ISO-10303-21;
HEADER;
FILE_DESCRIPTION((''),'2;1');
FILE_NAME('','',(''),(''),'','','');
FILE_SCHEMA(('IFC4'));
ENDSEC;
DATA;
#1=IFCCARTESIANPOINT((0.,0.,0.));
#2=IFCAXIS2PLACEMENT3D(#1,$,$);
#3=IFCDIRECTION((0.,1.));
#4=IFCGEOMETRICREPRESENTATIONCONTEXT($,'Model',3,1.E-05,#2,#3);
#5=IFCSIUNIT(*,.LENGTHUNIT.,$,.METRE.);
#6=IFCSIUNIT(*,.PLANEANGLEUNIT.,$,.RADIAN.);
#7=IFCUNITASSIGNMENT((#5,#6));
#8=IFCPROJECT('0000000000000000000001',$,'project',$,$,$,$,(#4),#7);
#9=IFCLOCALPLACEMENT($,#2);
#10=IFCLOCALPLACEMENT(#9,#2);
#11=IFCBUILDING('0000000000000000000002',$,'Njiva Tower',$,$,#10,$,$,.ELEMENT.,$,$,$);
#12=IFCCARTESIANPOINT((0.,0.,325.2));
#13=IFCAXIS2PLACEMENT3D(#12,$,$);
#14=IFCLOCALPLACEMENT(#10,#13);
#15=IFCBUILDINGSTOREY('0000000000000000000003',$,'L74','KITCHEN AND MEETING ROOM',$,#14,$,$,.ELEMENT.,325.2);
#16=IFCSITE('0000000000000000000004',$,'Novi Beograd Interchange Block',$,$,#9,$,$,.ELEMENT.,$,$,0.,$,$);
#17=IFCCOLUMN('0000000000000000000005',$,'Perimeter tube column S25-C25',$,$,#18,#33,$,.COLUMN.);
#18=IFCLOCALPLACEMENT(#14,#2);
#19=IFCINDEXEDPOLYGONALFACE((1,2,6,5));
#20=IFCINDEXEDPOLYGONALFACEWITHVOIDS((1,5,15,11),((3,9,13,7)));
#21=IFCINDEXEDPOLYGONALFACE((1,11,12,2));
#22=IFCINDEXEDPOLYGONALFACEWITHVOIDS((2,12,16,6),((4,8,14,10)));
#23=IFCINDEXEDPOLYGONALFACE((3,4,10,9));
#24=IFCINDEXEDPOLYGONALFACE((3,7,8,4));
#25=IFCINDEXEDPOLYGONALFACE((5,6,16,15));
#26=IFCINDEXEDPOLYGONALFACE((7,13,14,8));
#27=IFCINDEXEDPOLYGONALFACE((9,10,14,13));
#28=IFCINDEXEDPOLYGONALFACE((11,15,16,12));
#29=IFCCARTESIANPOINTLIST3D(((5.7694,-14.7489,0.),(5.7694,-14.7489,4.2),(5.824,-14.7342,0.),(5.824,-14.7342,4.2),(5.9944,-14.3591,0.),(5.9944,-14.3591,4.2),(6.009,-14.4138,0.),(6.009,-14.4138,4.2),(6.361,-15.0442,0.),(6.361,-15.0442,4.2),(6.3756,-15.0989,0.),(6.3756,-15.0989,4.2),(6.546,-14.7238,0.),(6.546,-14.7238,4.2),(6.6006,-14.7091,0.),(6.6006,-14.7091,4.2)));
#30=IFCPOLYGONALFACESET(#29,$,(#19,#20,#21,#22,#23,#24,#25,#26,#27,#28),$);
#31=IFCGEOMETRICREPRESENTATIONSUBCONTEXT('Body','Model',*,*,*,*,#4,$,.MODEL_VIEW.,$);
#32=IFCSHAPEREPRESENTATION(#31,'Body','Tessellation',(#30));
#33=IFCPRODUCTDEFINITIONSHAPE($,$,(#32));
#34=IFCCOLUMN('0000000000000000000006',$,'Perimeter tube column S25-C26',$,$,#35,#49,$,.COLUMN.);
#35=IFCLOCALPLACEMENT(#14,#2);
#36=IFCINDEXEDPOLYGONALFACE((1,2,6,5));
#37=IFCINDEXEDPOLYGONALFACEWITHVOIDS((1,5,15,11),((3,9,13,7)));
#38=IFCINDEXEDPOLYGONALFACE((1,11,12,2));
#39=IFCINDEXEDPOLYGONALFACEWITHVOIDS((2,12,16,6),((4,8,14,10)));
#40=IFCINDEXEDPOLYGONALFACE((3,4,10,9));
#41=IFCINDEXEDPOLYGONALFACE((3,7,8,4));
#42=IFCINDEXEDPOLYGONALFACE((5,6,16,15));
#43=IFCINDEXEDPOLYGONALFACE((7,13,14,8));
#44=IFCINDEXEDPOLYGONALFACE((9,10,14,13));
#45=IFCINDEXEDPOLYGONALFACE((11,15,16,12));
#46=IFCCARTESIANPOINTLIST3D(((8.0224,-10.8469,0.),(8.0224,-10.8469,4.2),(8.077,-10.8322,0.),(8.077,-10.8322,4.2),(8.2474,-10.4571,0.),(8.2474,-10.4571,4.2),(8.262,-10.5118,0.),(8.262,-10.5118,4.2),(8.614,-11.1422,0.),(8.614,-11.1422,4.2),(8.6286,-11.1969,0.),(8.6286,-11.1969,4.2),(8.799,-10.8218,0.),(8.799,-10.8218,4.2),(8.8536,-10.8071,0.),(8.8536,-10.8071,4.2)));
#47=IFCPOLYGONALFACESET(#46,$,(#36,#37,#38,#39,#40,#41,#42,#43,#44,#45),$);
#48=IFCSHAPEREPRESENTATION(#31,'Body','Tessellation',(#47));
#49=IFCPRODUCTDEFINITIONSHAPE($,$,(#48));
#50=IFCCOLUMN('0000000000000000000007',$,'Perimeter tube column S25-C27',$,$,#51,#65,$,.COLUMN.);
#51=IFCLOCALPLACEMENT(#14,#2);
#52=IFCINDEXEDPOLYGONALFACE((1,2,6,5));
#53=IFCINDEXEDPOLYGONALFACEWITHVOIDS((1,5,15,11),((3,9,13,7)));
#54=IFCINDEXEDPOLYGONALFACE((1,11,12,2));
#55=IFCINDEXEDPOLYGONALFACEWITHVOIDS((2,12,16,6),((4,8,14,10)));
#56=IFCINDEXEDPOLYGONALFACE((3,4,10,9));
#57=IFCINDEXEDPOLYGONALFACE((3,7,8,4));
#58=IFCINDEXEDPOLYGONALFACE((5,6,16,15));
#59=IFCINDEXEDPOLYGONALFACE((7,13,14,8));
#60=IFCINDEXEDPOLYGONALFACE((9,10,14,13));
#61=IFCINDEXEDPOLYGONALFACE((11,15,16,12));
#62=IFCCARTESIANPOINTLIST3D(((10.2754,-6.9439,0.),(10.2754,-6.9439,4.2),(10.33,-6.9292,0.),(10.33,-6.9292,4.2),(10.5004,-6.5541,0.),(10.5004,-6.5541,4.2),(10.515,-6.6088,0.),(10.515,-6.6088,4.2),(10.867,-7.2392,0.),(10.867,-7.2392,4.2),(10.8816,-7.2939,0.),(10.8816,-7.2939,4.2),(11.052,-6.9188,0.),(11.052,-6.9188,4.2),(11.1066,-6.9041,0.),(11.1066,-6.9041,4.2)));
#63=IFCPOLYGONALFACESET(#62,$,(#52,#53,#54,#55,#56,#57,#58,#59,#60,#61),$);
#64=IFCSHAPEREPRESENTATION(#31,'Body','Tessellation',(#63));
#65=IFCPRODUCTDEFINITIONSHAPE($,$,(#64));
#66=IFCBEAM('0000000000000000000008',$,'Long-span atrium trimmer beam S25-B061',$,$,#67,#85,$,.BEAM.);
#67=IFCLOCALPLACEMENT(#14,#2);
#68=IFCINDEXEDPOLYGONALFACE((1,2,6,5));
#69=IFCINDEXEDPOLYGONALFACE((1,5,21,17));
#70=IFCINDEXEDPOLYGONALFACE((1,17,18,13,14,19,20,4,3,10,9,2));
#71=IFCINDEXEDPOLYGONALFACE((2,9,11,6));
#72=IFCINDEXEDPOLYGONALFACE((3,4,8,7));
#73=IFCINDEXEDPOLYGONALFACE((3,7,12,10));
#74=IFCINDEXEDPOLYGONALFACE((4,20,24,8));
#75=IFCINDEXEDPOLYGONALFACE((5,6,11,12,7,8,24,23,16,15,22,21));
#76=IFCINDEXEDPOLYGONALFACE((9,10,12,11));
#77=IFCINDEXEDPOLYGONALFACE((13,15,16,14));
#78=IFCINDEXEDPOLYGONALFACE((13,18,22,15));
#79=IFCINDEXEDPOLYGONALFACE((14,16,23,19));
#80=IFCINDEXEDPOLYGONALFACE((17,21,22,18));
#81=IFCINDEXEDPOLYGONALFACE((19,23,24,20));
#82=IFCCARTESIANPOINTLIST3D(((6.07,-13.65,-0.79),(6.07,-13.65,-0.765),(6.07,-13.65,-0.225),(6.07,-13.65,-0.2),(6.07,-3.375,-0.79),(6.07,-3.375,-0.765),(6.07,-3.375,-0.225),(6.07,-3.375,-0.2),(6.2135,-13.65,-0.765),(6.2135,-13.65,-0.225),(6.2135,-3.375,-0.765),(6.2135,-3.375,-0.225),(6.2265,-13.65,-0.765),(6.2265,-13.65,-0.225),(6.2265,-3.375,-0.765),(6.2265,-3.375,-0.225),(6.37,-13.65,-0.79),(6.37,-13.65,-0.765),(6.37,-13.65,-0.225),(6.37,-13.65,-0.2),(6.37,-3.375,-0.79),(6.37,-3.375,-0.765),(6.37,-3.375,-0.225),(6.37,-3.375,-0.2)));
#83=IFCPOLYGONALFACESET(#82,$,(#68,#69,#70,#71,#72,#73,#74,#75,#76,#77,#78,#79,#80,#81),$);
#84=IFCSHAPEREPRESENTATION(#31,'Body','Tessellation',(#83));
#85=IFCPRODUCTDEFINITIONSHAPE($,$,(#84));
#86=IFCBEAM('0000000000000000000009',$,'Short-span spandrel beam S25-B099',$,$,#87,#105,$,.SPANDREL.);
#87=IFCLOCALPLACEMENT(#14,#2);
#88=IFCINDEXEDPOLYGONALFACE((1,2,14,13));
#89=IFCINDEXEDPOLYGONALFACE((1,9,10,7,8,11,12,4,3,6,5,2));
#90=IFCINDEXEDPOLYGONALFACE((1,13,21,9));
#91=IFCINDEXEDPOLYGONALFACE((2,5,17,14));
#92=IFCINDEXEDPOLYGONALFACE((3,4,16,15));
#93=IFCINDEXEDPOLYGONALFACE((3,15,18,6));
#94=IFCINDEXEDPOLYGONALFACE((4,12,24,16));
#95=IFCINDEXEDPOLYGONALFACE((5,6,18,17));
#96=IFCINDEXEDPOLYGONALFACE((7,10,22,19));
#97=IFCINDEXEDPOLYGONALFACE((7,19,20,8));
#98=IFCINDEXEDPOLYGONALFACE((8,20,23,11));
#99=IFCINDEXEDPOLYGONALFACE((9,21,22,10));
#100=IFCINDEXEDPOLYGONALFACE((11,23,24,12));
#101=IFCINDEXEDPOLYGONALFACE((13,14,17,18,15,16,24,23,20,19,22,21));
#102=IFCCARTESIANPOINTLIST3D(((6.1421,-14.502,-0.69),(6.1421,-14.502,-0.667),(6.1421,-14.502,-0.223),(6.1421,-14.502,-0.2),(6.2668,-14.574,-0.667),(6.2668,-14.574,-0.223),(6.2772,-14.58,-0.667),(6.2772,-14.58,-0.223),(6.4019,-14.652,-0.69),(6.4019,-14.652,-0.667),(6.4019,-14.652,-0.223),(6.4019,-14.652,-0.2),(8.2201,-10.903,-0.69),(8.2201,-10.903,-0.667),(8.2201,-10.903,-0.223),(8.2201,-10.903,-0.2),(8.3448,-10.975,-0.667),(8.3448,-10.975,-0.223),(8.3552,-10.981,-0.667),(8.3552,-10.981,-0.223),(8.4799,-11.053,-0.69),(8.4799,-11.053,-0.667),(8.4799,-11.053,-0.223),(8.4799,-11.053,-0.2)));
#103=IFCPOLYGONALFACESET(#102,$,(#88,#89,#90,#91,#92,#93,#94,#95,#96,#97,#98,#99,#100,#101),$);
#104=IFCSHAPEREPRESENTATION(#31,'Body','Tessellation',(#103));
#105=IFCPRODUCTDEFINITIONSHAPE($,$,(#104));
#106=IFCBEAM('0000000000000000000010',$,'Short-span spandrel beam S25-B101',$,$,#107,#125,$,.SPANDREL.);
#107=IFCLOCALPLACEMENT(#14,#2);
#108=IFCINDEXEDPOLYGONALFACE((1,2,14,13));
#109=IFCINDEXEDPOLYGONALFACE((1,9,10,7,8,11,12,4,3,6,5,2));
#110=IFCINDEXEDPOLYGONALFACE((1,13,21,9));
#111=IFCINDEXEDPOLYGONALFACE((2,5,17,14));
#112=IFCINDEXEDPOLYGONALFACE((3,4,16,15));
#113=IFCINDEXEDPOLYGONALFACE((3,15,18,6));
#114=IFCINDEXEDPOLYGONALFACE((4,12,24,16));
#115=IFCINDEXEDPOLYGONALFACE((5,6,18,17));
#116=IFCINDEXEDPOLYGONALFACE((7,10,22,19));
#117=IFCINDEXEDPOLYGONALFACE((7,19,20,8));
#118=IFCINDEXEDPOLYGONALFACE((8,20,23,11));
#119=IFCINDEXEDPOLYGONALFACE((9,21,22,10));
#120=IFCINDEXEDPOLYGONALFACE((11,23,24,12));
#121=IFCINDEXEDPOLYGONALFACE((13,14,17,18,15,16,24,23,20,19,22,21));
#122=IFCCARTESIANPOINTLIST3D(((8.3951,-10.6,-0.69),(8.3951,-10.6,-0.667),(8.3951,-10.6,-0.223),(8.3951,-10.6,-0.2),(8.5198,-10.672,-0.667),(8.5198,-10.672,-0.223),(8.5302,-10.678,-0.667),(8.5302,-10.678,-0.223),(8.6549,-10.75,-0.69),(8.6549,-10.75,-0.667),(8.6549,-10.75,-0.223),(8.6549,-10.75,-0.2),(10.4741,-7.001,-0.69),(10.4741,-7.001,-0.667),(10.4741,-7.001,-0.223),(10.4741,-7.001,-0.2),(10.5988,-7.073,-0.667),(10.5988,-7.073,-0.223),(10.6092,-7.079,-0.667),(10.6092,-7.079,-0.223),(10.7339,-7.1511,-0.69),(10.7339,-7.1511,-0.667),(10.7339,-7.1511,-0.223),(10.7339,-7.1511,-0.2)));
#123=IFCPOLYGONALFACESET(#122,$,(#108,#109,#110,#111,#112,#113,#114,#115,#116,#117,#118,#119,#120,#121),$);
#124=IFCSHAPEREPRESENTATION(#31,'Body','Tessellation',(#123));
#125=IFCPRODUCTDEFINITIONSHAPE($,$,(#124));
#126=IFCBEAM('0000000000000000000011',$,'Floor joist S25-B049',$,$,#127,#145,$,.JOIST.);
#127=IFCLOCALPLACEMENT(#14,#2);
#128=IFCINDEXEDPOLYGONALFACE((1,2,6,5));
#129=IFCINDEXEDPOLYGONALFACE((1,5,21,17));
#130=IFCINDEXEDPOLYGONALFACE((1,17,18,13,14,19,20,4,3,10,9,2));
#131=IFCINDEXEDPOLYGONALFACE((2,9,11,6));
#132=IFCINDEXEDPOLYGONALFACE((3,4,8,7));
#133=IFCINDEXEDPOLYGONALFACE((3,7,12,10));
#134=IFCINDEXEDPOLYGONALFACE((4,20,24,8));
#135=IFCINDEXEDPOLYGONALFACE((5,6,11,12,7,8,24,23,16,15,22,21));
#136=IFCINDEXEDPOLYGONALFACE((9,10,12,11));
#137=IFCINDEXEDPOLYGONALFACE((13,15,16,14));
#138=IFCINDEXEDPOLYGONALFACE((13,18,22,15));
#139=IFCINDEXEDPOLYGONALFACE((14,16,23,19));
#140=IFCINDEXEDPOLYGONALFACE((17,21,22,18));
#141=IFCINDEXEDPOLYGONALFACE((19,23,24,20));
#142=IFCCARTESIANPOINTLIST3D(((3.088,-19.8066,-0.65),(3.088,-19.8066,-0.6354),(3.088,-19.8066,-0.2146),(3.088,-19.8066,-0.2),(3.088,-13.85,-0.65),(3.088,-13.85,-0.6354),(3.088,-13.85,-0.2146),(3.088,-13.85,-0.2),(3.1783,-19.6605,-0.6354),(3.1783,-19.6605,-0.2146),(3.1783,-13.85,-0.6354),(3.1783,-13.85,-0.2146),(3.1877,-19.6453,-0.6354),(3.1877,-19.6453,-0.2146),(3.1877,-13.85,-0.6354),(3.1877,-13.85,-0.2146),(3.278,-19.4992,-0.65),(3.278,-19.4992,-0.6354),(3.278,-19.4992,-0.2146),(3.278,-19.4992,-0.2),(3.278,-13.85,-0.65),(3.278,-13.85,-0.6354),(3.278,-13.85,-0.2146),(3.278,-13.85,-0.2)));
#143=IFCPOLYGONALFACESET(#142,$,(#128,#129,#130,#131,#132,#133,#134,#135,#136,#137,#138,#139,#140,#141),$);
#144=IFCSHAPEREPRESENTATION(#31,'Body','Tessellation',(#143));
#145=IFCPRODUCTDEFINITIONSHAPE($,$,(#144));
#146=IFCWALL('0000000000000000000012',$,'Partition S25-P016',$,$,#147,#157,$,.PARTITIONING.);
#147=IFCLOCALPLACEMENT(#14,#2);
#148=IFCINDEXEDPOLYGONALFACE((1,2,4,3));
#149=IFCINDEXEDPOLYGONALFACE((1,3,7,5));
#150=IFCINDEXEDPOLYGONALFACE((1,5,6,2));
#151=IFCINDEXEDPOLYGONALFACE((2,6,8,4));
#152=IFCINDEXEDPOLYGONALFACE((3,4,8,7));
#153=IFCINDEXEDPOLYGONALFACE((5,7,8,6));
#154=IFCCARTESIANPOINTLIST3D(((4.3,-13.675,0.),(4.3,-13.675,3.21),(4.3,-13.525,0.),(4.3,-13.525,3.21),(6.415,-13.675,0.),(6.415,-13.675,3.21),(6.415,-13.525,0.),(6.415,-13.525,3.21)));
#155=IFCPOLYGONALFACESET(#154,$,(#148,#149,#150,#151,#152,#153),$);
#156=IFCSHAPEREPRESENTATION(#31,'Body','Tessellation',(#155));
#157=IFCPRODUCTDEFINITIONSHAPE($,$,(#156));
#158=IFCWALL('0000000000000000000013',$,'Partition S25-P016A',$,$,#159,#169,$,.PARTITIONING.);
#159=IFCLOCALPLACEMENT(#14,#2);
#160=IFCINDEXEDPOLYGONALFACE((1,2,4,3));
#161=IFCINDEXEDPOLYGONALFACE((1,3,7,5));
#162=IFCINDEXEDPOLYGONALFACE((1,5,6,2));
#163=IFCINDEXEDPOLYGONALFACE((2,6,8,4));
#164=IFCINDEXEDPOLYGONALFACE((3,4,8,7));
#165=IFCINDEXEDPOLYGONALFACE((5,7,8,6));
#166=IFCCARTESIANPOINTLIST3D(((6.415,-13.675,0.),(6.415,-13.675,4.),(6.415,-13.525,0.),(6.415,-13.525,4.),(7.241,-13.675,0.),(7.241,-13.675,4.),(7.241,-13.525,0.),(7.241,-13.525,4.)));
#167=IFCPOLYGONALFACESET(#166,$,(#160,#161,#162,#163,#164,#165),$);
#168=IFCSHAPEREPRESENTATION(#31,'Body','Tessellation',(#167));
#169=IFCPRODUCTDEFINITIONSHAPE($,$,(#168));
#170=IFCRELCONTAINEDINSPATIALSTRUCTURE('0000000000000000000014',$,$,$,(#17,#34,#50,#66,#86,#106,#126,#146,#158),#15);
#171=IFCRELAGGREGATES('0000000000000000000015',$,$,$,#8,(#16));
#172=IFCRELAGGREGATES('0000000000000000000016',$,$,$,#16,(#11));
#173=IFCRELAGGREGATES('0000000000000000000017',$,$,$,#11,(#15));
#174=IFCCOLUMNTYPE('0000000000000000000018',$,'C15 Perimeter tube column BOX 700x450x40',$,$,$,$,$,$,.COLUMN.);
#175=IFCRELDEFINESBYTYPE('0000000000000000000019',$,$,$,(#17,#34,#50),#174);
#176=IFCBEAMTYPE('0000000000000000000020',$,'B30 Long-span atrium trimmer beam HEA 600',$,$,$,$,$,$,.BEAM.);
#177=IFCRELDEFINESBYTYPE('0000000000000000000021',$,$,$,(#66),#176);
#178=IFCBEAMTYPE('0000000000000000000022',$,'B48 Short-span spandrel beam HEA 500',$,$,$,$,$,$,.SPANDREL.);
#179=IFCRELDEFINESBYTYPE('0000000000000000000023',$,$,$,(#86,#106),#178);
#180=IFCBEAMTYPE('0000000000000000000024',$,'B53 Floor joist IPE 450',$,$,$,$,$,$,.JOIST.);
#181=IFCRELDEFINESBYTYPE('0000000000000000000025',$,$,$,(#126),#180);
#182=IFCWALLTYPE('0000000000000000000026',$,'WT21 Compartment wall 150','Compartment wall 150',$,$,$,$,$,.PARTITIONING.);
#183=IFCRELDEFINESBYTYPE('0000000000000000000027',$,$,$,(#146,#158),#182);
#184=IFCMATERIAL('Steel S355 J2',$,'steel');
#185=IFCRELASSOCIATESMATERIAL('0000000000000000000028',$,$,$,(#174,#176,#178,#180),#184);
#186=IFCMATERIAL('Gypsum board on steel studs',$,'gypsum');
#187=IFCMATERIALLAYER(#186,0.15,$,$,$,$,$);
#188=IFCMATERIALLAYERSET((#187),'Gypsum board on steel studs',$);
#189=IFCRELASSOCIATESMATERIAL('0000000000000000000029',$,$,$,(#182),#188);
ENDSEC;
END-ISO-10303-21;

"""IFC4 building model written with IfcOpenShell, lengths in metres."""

from ifc_helpers import new_model, si_unit, direction, frame, frame_2d, origin, origin_2d, place, context, subcontext, project, spatial, rectangle, hollow_rectangle, i_section, extrude, clip, halfspace, material, layer, layer_set, material_profile, profile_set, type_object, element, save


model = new_model("IFC4")

# Units and contexts
model_context = context("Model", 3, precision=1e-05, world=origin(), true_north=direction((0.0, 1.0)))
body_context = subcontext(model_context, "Body", "Model", "MODEL_VIEW")
ifc_project = project(units=[si_unit("LENGTHUNIT", "METRE"), si_unit("PLANEANGLEUNIT", "RADIAN")], contexts=[model_context])

# Site, building, storey
site_placement = place(None, origin())
site = spatial("IfcSite", under=ifc_project, at=site_placement, Name="Novi Beograd Interchange Block", CompositionType="ELEMENT", RefElevation=0.0)
building_placement = place(site_placement, origin())
building = spatial("IfcBuilding", under=site, at=building_placement, Name="Njiva Tower", CompositionType="ELEMENT")
storey_placement = place(building_placement, frame((0.0, 0.0, 325.2)))
storey = spatial("IfcBuildingStorey", under=building, at=storey_placement, Name="L74", Description="KITCHEN AND MEETING ROOM", CompositionType="ELEMENT", Elevation=325.2)

# Columns
ifc_material_1 = material(Name="Steel S355 J2", Category="steel")
ifc_material_profile_1 = material_profile(ifc_material_1, hollow_rectangle(XDim=0.45, YDim=0.7, WallThickness=0.04, at=origin_2d()), Name="BOX 700x450x40")
ifc_profile_set_1 = profile_set([ifc_material_profile_1], Name="Steel S355 J2")
column_type = type_object("IfcColumnType", Name="C15 Perimeter tube column BOX 700x450x40", PredefinedType="COLUMN", material=ifc_profile_set_1)
for number, where, z_axis, x_axis, name in (
    (1, (6.185, -14.729, 0.0), (0.0, 0.0, 1.0), (0.5, 0.866025, 0.0), "Perimeter tube column S25-C25"),
    (2, (8.438, -10.827, 0.0), (0.0, 0.0, 1.0), (0.5, 0.866025, 0.0), "Perimeter tube column S25-C26"),
    (3, (10.691, -6.924, 0.0), (0.0, 0.0, 1.0), (0.5, 0.866025, 0.0), "Perimeter tube column S25-C27"),
):
    element("IfcColumn", number, at=place(storey_placement, frame(where, z_axis=z_axis, x_axis=x_axis)), inside=storey, type_object=column_type, Name=name, PredefinedType="COLUMN", context=body_context, shape_type="SweptSolid", body=[
        extrude(hollow_rectangle(XDim=0.45, YDim=0.7, WallThickness=0.04, at=origin_2d()), origin(), (0.0, 0.0, 1.0), 4.2),
    ])

# Beams
ifc_material_profile_2 = material_profile(ifc_material_1, i_section(OverallWidth=0.3, OverallDepth=0.59, WebThickness=0.013, FlangeThickness=0.025, at=origin_2d()), Name="HEA 600")
ifc_profile_set_2 = profile_set([ifc_material_profile_2], Name="Steel S355 J2")
beam_type_1 = type_object("IfcBeamType", Name="B30 Long-span atrium trimmer beam HEA 600", PredefinedType="BEAM", material=ifc_profile_set_2)
beam_1_placement = place(storey_placement, frame((6.22, -13.65, -0.495), z_axis=(0.0, 1.0, 0.0), x_axis=(-1.0, 0.0, 0.0)))
element("IfcBeam", 4, at=beam_1_placement, inside=storey, type_object=beam_type_1, Name="Long-span atrium trimmer beam S25-B061", PredefinedType="BEAM", context=body_context, shape_type="SweptSolid", body=[
    extrude(i_section(OverallWidth=0.3, OverallDepth=0.59, WebThickness=0.013, FlangeThickness=0.025, at=origin_2d()), origin(), (0.0, 0.0, 1.0), 10.275),
])
ifc_material_profile_3 = material_profile(ifc_material_1, i_section(OverallWidth=0.3, OverallDepth=0.49, WebThickness=0.012, FlangeThickness=0.023, at=origin_2d()), Name="HEA 500")
ifc_profile_set_3 = profile_set([ifc_material_profile_3], Name="Steel S355 J2")
beam_type_2 = type_object("IfcBeamType", Name="B48 Short-span spandrel beam HEA 500", PredefinedType="SPANDREL", material=ifc_profile_set_3)
beam_2_placement = place(storey_placement, frame((6.272, -14.577, -0.445), z_axis=(0.500021, 0.866013, 0.0), x_axis=(-0.866013, 0.500021, 0.0)))
element("IfcBeam", 5, at=beam_2_placement, inside=storey, type_object=beam_type_2, Name="Short-span spandrel beam S25-B099", PredefinedType="SPANDREL", context=body_context, shape_type="SweptSolid", body=[
    extrude(i_section(OverallWidth=0.3, OverallDepth=0.49, WebThickness=0.012, FlangeThickness=0.023, at=origin_2d()), origin(), (0.0, 0.0, 1.0), 4.1558),
])
beam_3_placement = place(storey_placement, frame((8.525, -10.675, -0.445), z_axis=(0.500201, 0.865909, 0.0), x_axis=(-0.865909, 0.500201, 0.0)))
element("IfcBeam", 6, at=beam_3_placement, inside=storey, type_object=beam_type_2, Name="Short-span spandrel beam S25-B101", PredefinedType="SPANDREL", context=body_context, shape_type="SweptSolid", body=[
    extrude(i_section(OverallWidth=0.3, OverallDepth=0.49, WebThickness=0.012, FlangeThickness=0.023, at=origin_2d()), origin(), (0.0, 0.0, 1.0), 4.1563),
])
ifc_material_profile_4 = material_profile(ifc_material_1, i_section(OverallWidth=0.19, OverallDepth=0.45, WebThickness=0.0094, FlangeThickness=0.0146, at=origin_2d()), Name="IPE 450")
ifc_profile_set_4 = profile_set([ifc_material_profile_4], Name="Steel S355 J2")
beam_type_3 = type_object("IfcBeamType", Name="B53 Floor joist IPE 450", PredefinedType="JOIST", material=ifc_profile_set_4)
beam_4_placement = place(storey_placement, frame((3.183, -13.85, -0.425), z_axis=(0.0, -1.0, 0.0), x_axis=(1.0, 0.0, 0.0)))
element("IfcBeam", 7, at=beam_4_placement, inside=storey, type_object=beam_type_3, Name="Floor joist S25-B049", PredefinedType="JOIST", context=body_context, shape_type="Clipping", body=[
    clip(extrude(i_section(OverallWidth=0.19, OverallDepth=0.45, WebThickness=0.0094, FlangeThickness=0.0146, at=origin_2d()), origin(), (0.0, 0.0, 1.0), 5.976), halfspace(frame((0.0429, 0.0, 5.7335), z_axis=(0.850616, 0.0, 0.525788), x_axis=(0.0, 1.0, 0.0)), False)),
])

# Walls
ifc_material_2 = material(Name="Gypsum board on steel studs", Category="gypsum")
ifc_layer_1 = layer(ifc_material_2, 0.15)
ifc_layer_set_1 = layer_set([ifc_layer_1], Name="Gypsum board on steel studs")
wall_type_1 = type_object("IfcWallType", Name="WT21 Compartment wall 150", Description="Compartment wall 150", PredefinedType="PARTITIONING", material=ifc_layer_set_1)
wall_1_placement = place(storey_placement, frame((4.3, -13.6, 0.0), z_axis=(0.0, 0.0, 1.0), x_axis=(1.0, 0.0, 0.0)))
element("IfcWall", 8, at=wall_1_placement, inside=storey, type_object=wall_type_1, Name="Partition S25-P016", PredefinedType="PARTITIONING", context=body_context, shape_type="SweptSolid", body=[
    extrude(rectangle(XDim=2.115, YDim=0.15, at=frame_2d((1.0575, 0.0))), origin(), (0.0, 0.0, 1.0), 3.21),
])
wall_2_placement = place(storey_placement, frame((6.415, -13.6, 0.0), z_axis=(0.0, 0.0, 1.0), x_axis=(1.0, 0.0, 0.0)))
element("IfcWall", 9, at=wall_2_placement, inside=storey, type_object=wall_type_1, Name="Partition S25-P016A", PredefinedType="PARTITIONING", context=body_context, shape_type="SweptSolid", body=[
    extrude(rectangle(XDim=0.826, YDim=0.15, at=frame_2d((0.413, 0.0))), origin(), (0.0, 0.0, 1.0), 4.0),
])

save(model, "model.ifc")
